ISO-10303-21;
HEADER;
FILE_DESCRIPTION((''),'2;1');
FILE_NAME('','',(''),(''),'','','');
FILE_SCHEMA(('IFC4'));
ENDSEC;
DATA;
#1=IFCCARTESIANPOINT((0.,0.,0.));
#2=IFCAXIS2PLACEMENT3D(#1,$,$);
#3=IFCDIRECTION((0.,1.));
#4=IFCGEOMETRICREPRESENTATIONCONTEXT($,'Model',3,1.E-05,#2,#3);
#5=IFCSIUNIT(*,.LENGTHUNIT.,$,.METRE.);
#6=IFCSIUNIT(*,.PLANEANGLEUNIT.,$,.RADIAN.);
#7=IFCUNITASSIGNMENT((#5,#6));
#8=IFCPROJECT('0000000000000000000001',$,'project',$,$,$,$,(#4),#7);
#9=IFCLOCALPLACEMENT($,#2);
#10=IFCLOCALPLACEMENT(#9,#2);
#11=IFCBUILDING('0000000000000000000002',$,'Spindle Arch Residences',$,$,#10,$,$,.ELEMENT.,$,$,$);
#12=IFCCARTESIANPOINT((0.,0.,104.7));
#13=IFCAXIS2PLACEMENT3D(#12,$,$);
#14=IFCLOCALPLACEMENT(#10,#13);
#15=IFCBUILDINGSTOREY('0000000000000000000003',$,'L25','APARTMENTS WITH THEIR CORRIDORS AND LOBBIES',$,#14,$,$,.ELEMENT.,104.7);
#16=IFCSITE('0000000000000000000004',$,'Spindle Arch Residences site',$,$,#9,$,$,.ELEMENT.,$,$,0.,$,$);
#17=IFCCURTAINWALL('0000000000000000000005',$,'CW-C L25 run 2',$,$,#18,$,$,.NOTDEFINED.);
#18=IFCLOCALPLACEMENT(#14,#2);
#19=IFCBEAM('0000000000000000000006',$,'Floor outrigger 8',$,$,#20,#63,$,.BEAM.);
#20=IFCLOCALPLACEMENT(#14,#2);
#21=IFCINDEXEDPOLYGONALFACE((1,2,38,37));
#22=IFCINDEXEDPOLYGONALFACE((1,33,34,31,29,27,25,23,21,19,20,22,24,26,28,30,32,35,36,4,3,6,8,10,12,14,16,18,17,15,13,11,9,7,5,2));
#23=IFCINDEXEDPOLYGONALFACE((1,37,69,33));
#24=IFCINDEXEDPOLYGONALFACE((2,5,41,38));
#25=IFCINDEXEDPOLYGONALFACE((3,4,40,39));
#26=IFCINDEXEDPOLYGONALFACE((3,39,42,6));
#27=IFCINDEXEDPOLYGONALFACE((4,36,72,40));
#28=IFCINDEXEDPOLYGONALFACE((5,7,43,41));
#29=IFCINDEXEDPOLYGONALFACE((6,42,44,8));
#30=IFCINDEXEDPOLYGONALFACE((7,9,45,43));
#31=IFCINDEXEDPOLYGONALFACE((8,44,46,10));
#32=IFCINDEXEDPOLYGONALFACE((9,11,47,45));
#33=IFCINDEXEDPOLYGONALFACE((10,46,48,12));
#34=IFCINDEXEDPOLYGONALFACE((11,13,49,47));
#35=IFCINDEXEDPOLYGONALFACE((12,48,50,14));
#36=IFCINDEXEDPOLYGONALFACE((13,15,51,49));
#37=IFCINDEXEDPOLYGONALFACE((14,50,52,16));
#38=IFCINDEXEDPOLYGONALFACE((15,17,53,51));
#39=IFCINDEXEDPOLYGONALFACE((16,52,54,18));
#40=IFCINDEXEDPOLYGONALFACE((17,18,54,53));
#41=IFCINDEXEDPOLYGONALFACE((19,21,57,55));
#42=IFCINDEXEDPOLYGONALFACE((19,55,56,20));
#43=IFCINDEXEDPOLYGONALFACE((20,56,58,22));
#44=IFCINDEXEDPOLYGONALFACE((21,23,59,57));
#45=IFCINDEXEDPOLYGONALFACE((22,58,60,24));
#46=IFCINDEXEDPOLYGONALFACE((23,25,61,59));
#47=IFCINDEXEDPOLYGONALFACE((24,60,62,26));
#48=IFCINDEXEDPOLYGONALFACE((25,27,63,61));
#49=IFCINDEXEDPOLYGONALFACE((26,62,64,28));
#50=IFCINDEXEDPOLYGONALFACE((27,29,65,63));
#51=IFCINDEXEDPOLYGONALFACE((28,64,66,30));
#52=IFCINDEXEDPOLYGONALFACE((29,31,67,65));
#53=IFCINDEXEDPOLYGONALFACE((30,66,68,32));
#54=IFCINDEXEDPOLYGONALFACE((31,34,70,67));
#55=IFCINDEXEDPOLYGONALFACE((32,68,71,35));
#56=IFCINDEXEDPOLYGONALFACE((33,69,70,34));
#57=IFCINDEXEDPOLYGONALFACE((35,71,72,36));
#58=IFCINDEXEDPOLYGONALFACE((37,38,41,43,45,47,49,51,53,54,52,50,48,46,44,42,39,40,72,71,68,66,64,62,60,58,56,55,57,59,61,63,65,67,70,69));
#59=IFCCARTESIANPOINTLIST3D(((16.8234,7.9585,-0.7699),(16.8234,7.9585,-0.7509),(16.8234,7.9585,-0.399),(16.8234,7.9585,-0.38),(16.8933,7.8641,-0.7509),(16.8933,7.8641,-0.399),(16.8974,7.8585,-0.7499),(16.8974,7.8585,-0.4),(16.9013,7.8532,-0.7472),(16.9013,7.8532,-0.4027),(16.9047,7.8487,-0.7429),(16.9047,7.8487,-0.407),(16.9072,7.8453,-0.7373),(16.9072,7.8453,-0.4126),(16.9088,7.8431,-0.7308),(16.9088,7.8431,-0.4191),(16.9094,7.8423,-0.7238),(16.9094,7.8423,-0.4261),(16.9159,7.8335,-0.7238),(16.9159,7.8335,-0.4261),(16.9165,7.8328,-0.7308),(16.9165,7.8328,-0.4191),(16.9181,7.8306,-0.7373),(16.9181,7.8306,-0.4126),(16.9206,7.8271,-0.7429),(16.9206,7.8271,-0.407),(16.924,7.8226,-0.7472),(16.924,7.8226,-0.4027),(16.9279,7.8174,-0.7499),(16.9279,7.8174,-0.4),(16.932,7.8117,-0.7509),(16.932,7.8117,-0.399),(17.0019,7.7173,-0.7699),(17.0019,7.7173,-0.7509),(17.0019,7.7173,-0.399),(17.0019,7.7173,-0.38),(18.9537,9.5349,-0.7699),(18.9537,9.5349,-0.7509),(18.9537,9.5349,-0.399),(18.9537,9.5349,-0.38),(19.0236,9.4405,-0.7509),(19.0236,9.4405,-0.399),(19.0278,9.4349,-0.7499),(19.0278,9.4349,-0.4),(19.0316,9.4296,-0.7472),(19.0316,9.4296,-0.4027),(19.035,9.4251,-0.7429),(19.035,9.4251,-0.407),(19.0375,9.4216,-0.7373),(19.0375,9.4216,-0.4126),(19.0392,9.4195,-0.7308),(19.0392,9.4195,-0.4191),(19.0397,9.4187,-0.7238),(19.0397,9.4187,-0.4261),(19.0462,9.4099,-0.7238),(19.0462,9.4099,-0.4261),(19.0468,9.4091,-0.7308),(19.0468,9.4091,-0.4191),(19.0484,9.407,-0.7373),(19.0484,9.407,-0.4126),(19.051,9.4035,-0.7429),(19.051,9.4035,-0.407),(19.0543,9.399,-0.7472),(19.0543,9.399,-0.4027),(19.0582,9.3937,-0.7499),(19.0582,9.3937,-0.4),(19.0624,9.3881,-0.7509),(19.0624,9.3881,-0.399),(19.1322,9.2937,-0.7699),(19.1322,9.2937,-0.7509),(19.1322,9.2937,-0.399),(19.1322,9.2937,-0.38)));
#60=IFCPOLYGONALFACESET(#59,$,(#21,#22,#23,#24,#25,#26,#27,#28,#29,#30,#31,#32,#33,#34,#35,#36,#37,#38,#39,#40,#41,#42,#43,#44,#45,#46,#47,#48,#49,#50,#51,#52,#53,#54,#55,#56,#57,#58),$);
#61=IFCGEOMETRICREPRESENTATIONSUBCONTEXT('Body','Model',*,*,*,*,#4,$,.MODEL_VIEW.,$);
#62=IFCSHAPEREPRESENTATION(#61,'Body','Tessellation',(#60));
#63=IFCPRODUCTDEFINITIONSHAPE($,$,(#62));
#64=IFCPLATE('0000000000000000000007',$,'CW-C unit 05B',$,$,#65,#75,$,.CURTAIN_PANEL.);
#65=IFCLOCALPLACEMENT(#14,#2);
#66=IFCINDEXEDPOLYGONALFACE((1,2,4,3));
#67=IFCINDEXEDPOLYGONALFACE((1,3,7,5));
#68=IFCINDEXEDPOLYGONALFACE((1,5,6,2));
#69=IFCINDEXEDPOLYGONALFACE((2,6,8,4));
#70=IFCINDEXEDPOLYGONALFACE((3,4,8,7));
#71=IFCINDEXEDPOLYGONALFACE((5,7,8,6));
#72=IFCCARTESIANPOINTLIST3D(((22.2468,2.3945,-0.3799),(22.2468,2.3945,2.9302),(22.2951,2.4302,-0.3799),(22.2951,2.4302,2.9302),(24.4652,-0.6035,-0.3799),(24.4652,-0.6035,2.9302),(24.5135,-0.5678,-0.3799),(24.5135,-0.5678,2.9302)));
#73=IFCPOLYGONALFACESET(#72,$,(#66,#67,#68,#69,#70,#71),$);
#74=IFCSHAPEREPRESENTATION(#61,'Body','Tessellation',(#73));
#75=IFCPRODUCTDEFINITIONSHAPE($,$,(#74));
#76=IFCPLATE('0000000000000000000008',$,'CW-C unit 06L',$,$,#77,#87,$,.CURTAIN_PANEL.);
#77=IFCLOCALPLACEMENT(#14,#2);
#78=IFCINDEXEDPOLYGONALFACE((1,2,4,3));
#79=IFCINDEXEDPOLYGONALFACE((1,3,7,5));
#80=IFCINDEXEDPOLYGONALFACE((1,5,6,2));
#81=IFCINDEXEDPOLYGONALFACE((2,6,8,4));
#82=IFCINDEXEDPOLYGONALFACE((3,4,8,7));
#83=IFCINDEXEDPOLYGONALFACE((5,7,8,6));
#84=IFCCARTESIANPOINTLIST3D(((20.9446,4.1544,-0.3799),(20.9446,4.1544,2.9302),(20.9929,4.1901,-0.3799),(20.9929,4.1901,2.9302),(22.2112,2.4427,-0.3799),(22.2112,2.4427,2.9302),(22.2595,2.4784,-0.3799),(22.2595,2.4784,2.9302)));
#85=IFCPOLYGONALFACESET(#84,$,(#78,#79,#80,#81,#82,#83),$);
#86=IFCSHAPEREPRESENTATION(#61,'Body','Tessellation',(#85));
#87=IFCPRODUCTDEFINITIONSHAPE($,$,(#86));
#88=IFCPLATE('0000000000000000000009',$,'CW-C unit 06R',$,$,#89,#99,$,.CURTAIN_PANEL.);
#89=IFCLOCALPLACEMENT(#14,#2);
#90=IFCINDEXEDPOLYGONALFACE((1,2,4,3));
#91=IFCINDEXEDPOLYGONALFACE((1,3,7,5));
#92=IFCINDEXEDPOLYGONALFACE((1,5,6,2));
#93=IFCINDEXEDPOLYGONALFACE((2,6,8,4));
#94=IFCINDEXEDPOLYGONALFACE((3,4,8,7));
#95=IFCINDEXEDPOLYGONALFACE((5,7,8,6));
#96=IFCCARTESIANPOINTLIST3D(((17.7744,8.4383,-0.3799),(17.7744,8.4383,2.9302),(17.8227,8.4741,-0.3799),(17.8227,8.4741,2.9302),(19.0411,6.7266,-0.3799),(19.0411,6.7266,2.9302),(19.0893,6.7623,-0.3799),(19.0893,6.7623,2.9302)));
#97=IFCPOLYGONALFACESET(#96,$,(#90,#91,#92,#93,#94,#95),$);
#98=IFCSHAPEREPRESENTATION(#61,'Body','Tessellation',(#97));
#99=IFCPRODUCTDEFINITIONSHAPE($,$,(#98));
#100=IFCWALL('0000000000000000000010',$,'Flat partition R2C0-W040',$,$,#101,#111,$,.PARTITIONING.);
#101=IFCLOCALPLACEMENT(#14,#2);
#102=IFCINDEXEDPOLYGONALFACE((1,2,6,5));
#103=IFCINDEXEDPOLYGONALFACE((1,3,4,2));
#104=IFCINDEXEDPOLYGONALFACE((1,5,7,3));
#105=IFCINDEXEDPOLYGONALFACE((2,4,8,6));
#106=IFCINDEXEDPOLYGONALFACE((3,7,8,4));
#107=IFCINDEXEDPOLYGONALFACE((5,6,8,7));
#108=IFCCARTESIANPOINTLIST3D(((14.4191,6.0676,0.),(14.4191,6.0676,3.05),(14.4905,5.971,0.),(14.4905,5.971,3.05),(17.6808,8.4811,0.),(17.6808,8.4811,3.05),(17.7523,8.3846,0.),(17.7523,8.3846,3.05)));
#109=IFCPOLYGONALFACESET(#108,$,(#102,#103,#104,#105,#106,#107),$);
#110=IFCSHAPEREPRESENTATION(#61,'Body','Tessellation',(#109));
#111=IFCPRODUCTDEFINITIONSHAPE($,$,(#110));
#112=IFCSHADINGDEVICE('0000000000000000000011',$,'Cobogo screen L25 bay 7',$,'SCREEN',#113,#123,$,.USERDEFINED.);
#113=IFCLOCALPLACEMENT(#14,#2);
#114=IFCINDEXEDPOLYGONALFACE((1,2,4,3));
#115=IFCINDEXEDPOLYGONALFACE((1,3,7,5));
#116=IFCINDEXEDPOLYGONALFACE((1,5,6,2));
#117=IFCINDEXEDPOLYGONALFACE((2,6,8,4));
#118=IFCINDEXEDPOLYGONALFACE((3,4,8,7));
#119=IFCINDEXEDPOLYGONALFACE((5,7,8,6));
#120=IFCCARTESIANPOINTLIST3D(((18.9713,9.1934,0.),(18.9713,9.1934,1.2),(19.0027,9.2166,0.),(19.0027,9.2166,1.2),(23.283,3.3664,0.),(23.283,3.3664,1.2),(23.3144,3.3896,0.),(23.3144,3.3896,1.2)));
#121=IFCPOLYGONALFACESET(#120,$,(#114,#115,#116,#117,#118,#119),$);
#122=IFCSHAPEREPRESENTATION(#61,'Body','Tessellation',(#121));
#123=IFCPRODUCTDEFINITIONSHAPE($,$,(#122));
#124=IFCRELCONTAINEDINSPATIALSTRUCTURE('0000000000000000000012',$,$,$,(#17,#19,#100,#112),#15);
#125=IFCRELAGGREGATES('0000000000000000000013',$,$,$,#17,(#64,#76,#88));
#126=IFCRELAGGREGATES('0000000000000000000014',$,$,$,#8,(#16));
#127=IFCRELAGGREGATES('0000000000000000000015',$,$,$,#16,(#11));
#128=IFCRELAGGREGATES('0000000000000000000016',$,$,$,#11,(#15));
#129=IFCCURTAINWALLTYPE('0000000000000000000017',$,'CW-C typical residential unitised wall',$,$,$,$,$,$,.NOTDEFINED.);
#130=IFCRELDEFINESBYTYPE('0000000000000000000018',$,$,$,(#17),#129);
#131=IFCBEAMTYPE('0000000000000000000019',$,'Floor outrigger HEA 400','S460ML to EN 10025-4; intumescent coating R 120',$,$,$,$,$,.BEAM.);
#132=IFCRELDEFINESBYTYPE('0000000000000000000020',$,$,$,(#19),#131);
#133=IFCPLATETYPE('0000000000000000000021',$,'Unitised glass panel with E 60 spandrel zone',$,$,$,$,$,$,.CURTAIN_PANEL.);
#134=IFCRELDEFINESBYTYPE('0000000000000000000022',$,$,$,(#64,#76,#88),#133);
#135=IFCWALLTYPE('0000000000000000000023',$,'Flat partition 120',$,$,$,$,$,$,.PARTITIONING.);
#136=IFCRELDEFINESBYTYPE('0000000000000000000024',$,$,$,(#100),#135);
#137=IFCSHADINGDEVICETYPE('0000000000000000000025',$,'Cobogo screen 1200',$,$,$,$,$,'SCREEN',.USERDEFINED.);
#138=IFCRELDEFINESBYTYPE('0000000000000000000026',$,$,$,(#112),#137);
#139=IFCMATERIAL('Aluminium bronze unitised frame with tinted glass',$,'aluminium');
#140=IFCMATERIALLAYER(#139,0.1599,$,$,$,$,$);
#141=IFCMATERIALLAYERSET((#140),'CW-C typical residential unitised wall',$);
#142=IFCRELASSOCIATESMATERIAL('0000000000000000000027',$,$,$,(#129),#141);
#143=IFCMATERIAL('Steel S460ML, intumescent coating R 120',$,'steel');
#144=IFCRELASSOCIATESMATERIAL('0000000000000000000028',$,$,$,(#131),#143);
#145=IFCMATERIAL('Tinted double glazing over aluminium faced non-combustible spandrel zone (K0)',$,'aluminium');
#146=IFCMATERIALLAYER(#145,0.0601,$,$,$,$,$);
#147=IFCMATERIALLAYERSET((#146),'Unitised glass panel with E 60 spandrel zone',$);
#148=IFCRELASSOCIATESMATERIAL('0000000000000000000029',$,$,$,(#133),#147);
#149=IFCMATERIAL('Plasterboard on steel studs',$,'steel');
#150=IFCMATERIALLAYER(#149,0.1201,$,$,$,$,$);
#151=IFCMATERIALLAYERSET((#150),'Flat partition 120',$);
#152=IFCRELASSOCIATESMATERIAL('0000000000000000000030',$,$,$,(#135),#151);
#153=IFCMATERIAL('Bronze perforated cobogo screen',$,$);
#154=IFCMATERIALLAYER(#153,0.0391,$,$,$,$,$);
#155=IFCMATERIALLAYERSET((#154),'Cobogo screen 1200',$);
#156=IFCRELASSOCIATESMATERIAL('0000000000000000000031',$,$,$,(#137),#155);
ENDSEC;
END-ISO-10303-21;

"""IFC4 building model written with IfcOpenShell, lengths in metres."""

from ifc_helpers import new_model, si_unit, direction, frame, frame_2d, origin, origin_2d, place, context, subcontext, project, spatial, rectangle, i_section, extrude, material, layer, layer_set, material_profile, profile_set, type_object, element, aggregate, save


model = new_model("IFC4")

# Units and contexts
model_context = context("Model", 3, precision=1e-05, world=origin(), true_north=direction((0.0, 1.0)))
body_context = subcontext(model_context, "Body", "Model", "MODEL_VIEW")
ifc_project = project(units=[si_unit("LENGTHUNIT", "METRE"), si_unit("PLANEANGLEUNIT", "RADIAN")], contexts=[model_context])

# Site, building, storey
site_placement = place(None, origin())
site = spatial("IfcSite", under=ifc_project, at=site_placement, Name="Spindle Arch Residences site", CompositionType="ELEMENT", RefElevation=0.0)
building_placement = place(site_placement, origin())
building = spatial("IfcBuilding", under=site, at=building_placement, Name="Spindle Arch Residences", CompositionType="ELEMENT")
storey_placement = place(building_placement, frame((0.0, 0.0, 104.7)))
storey = spatial("IfcBuildingStorey", under=building, at=storey_placement, Name="L25", Description="APARTMENTS WITH THEIR CORRIDORS AND LOBBIES", CompositionType="ELEMENT", Elevation=104.7)

# Curtain wall
ifc_material_1 = material(Name="Aluminium bronze unitised frame with tinted glass", Category="aluminium")
ifc_layer_1 = layer(ifc_material_1, 0.1599)
ifc_layer_set_1 = layer_set([ifc_layer_1], Name="CW-C typical residential unitised wall")
curtain_wall_type = type_object("IfcCurtainWallType", Name="CW-C typical residential unitised wall", PredefinedType="NOTDEFINED", material=ifc_layer_set_1)
curtain_wall_placement = place(storey_placement, origin())
curtain_wall = element("IfcCurtainWall", 1, at=curtain_wall_placement, inside=storey, type_object=curtain_wall_type, Name="CW-C L25 run 2", PredefinedType="NOTDEFINED")

# Beam
ifc_material_2 = material(Name="Steel S460ML, intumescent coating R 120", Category="steel")
ifc_material_profile_1 = material_profile(ifc_material_2, i_section(OverallWidth=0.3, OverallDepth=0.3899, WebThickness=0.011, FlangeThickness=0.019, FilletRadius=0.0271, at=origin_2d()), Name="HEA 400")
ifc_profile_set_1 = profile_set([ifc_material_profile_1], Name="Steel S460ML, intumescent coating R 120")
beam_type_1 = type_object("IfcBeamType", Name="Floor outrigger HEA 400", Description="S460ML to EN 10025-4; intumescent coating R 120", PredefinedType="BEAM", material=ifc_profile_set_1)
beam_1_placement = place(storey_placement, frame((19.043, 9.4143, -0.575), z_axis=(-0.803852, -0.594829, 0.0), x_axis=(0.594829, -0.803852, 0.0)))
element("IfcBeam", 2, at=beam_1_placement, inside=storey, type_object=beam_type_1, Name="Floor outrigger 8", PredefinedType="BEAM", context=body_context, shape_type="SweptSolid", body=[
    extrude(i_section(OverallWidth=0.3, OverallDepth=0.3899, WebThickness=0.011, FlangeThickness=0.019, FilletRadius=0.0271, at=origin_2d()), origin(), (0.0, 0.0, 1.0), 2.6501),
])

# Plates
ifc_material_3 = material(Name="Tinted double glazing over aluminium faced non-combustible spandrel zone (K0)", Category="aluminium")
ifc_layer_2 = layer(ifc_material_3, 0.0601)
ifc_layer_set_2 = layer_set([ifc_layer_2], Name="Unitised glass panel with E 60 spandrel zone")
plate_type = type_object("IfcPlateType", Name="Unitised glass panel with E 60 spandrel zone", PredefinedType="CURTAIN_PANEL", material=ifc_layer_set_2)
plate_1_placement = place(storey_placement, frame((23.3801, 0.9133, -0.3799), z_axis=(0.0, 0.0, 1.0), x_axis=(-0.594823, 0.803857, 0.0)))
plate_1 = element("IfcPlate", 3, at=plate_1_placement, type_object=plate_type, Name="CW-C unit 05B", PredefinedType="CURTAIN_PANEL", context=body_context, shape_type="SweptSolid", body=[
    extrude(rectangle(XDim=3.7295, YDim=0.0601, at=origin_2d()), origin(), (0.0, 0.0, 1.0), 3.3101),
])
plate_2_placement = place(storey_placement, frame((21.6021, 3.3164, -0.3799), z_axis=(0.0, 0.0, 1.0), x_axis=(-0.594823, 0.803857, 0.0)))
plate_2 = element("IfcPlate", 4, at=plate_2_placement, type_object=plate_type, Name="CW-C unit 06L", PredefinedType="CURTAIN_PANEL", context=body_context, shape_type="SweptSolid", body=[
    extrude(rectangle(XDim=2.1294, YDim=0.0601, at=origin_2d()), origin(), (0.0, 0.0, 1.0), 3.3101),
])
plate_3_placement = place(storey_placement, frame((18.4319, 7.6003, -0.3799), z_axis=(0.0, 0.0, 1.0), x_axis=(-0.594823, 0.803857, 0.0)))
plate_3 = element("IfcPlate", 5, at=plate_3_placement, type_object=plate_type, Name="CW-C unit 06R", PredefinedType="CURTAIN_PANEL", context=body_context, shape_type="SweptSolid", body=[
    extrude(rectangle(XDim=2.1294, YDim=0.0601, at=origin_2d()), origin(), (0.0, 0.0, 1.0), 3.3101),
])
aggregate(curtain_wall, [plate_1, plate_2, plate_3])

# Wall
ifc_material_4 = material(Name="Plasterboard on steel studs", Category="steel")
ifc_layer_3 = layer(ifc_material_4, 0.1201)
ifc_layer_set_3 = layer_set([ifc_layer_3], Name="Flat partition 120")
wall_type_1 = type_object("IfcWallType", Name="Flat partition 120", PredefinedType="PARTITIONING", material=ifc_layer_set_3)
wall_1_placement = place(storey_placement, frame((17.7166, 8.4329, 0.0), z_axis=(0.0, 0.0, 1.0), x_axis=(-0.803853, -0.594827, 0.0)))
element("IfcWall", 6, at=wall_1_placement, inside=storey, type_object=wall_type_1, Name="Flat partition R2C0-W040", PredefinedType="PARTITIONING", context=body_context, shape_type="SweptSolid", body=[
    extrude(rectangle(XDim=4.0576, YDim=0.1201, at=frame_2d((2.0288, 0.0))), origin(), (0.0, 0.0, 1.0), 3.05),
])

# Shading device
ifc_material_5 = material(Name="Bronze perforated cobogo screen")
ifc_layer_4 = layer(ifc_material_5, 0.0391)
ifc_layer_set_4 = layer_set([ifc_layer_4], Name="Cobogo screen 1200")
shading_device_type = type_object("IfcShadingDeviceType", Name="Cobogo screen 1200", ElementType="SCREEN", PredefinedType="USERDEFINED", material=ifc_layer_set_4)
shading_device_placement = place(storey_placement, frame((21.1428, 6.2915, 0.0), z_axis=(0.0, 0.0, 1.0), x_axis=(-0.594823, 0.803857, 0.0)))
element("IfcShadingDevice", 7, at=shading_device_placement, inside=storey, type_object=shading_device_type, Name="Cobogo screen L25 bay 7", ObjectType="SCREEN", PredefinedType="USERDEFINED", context=body_context, shape_type="SweptSolid", body=[
    extrude(rectangle(XDim=7.2488, YDim=0.0391, at=origin_2d()), origin(), (0.0, 0.0, 1.0), 1.2),
])

save(model, "model.ifc")
